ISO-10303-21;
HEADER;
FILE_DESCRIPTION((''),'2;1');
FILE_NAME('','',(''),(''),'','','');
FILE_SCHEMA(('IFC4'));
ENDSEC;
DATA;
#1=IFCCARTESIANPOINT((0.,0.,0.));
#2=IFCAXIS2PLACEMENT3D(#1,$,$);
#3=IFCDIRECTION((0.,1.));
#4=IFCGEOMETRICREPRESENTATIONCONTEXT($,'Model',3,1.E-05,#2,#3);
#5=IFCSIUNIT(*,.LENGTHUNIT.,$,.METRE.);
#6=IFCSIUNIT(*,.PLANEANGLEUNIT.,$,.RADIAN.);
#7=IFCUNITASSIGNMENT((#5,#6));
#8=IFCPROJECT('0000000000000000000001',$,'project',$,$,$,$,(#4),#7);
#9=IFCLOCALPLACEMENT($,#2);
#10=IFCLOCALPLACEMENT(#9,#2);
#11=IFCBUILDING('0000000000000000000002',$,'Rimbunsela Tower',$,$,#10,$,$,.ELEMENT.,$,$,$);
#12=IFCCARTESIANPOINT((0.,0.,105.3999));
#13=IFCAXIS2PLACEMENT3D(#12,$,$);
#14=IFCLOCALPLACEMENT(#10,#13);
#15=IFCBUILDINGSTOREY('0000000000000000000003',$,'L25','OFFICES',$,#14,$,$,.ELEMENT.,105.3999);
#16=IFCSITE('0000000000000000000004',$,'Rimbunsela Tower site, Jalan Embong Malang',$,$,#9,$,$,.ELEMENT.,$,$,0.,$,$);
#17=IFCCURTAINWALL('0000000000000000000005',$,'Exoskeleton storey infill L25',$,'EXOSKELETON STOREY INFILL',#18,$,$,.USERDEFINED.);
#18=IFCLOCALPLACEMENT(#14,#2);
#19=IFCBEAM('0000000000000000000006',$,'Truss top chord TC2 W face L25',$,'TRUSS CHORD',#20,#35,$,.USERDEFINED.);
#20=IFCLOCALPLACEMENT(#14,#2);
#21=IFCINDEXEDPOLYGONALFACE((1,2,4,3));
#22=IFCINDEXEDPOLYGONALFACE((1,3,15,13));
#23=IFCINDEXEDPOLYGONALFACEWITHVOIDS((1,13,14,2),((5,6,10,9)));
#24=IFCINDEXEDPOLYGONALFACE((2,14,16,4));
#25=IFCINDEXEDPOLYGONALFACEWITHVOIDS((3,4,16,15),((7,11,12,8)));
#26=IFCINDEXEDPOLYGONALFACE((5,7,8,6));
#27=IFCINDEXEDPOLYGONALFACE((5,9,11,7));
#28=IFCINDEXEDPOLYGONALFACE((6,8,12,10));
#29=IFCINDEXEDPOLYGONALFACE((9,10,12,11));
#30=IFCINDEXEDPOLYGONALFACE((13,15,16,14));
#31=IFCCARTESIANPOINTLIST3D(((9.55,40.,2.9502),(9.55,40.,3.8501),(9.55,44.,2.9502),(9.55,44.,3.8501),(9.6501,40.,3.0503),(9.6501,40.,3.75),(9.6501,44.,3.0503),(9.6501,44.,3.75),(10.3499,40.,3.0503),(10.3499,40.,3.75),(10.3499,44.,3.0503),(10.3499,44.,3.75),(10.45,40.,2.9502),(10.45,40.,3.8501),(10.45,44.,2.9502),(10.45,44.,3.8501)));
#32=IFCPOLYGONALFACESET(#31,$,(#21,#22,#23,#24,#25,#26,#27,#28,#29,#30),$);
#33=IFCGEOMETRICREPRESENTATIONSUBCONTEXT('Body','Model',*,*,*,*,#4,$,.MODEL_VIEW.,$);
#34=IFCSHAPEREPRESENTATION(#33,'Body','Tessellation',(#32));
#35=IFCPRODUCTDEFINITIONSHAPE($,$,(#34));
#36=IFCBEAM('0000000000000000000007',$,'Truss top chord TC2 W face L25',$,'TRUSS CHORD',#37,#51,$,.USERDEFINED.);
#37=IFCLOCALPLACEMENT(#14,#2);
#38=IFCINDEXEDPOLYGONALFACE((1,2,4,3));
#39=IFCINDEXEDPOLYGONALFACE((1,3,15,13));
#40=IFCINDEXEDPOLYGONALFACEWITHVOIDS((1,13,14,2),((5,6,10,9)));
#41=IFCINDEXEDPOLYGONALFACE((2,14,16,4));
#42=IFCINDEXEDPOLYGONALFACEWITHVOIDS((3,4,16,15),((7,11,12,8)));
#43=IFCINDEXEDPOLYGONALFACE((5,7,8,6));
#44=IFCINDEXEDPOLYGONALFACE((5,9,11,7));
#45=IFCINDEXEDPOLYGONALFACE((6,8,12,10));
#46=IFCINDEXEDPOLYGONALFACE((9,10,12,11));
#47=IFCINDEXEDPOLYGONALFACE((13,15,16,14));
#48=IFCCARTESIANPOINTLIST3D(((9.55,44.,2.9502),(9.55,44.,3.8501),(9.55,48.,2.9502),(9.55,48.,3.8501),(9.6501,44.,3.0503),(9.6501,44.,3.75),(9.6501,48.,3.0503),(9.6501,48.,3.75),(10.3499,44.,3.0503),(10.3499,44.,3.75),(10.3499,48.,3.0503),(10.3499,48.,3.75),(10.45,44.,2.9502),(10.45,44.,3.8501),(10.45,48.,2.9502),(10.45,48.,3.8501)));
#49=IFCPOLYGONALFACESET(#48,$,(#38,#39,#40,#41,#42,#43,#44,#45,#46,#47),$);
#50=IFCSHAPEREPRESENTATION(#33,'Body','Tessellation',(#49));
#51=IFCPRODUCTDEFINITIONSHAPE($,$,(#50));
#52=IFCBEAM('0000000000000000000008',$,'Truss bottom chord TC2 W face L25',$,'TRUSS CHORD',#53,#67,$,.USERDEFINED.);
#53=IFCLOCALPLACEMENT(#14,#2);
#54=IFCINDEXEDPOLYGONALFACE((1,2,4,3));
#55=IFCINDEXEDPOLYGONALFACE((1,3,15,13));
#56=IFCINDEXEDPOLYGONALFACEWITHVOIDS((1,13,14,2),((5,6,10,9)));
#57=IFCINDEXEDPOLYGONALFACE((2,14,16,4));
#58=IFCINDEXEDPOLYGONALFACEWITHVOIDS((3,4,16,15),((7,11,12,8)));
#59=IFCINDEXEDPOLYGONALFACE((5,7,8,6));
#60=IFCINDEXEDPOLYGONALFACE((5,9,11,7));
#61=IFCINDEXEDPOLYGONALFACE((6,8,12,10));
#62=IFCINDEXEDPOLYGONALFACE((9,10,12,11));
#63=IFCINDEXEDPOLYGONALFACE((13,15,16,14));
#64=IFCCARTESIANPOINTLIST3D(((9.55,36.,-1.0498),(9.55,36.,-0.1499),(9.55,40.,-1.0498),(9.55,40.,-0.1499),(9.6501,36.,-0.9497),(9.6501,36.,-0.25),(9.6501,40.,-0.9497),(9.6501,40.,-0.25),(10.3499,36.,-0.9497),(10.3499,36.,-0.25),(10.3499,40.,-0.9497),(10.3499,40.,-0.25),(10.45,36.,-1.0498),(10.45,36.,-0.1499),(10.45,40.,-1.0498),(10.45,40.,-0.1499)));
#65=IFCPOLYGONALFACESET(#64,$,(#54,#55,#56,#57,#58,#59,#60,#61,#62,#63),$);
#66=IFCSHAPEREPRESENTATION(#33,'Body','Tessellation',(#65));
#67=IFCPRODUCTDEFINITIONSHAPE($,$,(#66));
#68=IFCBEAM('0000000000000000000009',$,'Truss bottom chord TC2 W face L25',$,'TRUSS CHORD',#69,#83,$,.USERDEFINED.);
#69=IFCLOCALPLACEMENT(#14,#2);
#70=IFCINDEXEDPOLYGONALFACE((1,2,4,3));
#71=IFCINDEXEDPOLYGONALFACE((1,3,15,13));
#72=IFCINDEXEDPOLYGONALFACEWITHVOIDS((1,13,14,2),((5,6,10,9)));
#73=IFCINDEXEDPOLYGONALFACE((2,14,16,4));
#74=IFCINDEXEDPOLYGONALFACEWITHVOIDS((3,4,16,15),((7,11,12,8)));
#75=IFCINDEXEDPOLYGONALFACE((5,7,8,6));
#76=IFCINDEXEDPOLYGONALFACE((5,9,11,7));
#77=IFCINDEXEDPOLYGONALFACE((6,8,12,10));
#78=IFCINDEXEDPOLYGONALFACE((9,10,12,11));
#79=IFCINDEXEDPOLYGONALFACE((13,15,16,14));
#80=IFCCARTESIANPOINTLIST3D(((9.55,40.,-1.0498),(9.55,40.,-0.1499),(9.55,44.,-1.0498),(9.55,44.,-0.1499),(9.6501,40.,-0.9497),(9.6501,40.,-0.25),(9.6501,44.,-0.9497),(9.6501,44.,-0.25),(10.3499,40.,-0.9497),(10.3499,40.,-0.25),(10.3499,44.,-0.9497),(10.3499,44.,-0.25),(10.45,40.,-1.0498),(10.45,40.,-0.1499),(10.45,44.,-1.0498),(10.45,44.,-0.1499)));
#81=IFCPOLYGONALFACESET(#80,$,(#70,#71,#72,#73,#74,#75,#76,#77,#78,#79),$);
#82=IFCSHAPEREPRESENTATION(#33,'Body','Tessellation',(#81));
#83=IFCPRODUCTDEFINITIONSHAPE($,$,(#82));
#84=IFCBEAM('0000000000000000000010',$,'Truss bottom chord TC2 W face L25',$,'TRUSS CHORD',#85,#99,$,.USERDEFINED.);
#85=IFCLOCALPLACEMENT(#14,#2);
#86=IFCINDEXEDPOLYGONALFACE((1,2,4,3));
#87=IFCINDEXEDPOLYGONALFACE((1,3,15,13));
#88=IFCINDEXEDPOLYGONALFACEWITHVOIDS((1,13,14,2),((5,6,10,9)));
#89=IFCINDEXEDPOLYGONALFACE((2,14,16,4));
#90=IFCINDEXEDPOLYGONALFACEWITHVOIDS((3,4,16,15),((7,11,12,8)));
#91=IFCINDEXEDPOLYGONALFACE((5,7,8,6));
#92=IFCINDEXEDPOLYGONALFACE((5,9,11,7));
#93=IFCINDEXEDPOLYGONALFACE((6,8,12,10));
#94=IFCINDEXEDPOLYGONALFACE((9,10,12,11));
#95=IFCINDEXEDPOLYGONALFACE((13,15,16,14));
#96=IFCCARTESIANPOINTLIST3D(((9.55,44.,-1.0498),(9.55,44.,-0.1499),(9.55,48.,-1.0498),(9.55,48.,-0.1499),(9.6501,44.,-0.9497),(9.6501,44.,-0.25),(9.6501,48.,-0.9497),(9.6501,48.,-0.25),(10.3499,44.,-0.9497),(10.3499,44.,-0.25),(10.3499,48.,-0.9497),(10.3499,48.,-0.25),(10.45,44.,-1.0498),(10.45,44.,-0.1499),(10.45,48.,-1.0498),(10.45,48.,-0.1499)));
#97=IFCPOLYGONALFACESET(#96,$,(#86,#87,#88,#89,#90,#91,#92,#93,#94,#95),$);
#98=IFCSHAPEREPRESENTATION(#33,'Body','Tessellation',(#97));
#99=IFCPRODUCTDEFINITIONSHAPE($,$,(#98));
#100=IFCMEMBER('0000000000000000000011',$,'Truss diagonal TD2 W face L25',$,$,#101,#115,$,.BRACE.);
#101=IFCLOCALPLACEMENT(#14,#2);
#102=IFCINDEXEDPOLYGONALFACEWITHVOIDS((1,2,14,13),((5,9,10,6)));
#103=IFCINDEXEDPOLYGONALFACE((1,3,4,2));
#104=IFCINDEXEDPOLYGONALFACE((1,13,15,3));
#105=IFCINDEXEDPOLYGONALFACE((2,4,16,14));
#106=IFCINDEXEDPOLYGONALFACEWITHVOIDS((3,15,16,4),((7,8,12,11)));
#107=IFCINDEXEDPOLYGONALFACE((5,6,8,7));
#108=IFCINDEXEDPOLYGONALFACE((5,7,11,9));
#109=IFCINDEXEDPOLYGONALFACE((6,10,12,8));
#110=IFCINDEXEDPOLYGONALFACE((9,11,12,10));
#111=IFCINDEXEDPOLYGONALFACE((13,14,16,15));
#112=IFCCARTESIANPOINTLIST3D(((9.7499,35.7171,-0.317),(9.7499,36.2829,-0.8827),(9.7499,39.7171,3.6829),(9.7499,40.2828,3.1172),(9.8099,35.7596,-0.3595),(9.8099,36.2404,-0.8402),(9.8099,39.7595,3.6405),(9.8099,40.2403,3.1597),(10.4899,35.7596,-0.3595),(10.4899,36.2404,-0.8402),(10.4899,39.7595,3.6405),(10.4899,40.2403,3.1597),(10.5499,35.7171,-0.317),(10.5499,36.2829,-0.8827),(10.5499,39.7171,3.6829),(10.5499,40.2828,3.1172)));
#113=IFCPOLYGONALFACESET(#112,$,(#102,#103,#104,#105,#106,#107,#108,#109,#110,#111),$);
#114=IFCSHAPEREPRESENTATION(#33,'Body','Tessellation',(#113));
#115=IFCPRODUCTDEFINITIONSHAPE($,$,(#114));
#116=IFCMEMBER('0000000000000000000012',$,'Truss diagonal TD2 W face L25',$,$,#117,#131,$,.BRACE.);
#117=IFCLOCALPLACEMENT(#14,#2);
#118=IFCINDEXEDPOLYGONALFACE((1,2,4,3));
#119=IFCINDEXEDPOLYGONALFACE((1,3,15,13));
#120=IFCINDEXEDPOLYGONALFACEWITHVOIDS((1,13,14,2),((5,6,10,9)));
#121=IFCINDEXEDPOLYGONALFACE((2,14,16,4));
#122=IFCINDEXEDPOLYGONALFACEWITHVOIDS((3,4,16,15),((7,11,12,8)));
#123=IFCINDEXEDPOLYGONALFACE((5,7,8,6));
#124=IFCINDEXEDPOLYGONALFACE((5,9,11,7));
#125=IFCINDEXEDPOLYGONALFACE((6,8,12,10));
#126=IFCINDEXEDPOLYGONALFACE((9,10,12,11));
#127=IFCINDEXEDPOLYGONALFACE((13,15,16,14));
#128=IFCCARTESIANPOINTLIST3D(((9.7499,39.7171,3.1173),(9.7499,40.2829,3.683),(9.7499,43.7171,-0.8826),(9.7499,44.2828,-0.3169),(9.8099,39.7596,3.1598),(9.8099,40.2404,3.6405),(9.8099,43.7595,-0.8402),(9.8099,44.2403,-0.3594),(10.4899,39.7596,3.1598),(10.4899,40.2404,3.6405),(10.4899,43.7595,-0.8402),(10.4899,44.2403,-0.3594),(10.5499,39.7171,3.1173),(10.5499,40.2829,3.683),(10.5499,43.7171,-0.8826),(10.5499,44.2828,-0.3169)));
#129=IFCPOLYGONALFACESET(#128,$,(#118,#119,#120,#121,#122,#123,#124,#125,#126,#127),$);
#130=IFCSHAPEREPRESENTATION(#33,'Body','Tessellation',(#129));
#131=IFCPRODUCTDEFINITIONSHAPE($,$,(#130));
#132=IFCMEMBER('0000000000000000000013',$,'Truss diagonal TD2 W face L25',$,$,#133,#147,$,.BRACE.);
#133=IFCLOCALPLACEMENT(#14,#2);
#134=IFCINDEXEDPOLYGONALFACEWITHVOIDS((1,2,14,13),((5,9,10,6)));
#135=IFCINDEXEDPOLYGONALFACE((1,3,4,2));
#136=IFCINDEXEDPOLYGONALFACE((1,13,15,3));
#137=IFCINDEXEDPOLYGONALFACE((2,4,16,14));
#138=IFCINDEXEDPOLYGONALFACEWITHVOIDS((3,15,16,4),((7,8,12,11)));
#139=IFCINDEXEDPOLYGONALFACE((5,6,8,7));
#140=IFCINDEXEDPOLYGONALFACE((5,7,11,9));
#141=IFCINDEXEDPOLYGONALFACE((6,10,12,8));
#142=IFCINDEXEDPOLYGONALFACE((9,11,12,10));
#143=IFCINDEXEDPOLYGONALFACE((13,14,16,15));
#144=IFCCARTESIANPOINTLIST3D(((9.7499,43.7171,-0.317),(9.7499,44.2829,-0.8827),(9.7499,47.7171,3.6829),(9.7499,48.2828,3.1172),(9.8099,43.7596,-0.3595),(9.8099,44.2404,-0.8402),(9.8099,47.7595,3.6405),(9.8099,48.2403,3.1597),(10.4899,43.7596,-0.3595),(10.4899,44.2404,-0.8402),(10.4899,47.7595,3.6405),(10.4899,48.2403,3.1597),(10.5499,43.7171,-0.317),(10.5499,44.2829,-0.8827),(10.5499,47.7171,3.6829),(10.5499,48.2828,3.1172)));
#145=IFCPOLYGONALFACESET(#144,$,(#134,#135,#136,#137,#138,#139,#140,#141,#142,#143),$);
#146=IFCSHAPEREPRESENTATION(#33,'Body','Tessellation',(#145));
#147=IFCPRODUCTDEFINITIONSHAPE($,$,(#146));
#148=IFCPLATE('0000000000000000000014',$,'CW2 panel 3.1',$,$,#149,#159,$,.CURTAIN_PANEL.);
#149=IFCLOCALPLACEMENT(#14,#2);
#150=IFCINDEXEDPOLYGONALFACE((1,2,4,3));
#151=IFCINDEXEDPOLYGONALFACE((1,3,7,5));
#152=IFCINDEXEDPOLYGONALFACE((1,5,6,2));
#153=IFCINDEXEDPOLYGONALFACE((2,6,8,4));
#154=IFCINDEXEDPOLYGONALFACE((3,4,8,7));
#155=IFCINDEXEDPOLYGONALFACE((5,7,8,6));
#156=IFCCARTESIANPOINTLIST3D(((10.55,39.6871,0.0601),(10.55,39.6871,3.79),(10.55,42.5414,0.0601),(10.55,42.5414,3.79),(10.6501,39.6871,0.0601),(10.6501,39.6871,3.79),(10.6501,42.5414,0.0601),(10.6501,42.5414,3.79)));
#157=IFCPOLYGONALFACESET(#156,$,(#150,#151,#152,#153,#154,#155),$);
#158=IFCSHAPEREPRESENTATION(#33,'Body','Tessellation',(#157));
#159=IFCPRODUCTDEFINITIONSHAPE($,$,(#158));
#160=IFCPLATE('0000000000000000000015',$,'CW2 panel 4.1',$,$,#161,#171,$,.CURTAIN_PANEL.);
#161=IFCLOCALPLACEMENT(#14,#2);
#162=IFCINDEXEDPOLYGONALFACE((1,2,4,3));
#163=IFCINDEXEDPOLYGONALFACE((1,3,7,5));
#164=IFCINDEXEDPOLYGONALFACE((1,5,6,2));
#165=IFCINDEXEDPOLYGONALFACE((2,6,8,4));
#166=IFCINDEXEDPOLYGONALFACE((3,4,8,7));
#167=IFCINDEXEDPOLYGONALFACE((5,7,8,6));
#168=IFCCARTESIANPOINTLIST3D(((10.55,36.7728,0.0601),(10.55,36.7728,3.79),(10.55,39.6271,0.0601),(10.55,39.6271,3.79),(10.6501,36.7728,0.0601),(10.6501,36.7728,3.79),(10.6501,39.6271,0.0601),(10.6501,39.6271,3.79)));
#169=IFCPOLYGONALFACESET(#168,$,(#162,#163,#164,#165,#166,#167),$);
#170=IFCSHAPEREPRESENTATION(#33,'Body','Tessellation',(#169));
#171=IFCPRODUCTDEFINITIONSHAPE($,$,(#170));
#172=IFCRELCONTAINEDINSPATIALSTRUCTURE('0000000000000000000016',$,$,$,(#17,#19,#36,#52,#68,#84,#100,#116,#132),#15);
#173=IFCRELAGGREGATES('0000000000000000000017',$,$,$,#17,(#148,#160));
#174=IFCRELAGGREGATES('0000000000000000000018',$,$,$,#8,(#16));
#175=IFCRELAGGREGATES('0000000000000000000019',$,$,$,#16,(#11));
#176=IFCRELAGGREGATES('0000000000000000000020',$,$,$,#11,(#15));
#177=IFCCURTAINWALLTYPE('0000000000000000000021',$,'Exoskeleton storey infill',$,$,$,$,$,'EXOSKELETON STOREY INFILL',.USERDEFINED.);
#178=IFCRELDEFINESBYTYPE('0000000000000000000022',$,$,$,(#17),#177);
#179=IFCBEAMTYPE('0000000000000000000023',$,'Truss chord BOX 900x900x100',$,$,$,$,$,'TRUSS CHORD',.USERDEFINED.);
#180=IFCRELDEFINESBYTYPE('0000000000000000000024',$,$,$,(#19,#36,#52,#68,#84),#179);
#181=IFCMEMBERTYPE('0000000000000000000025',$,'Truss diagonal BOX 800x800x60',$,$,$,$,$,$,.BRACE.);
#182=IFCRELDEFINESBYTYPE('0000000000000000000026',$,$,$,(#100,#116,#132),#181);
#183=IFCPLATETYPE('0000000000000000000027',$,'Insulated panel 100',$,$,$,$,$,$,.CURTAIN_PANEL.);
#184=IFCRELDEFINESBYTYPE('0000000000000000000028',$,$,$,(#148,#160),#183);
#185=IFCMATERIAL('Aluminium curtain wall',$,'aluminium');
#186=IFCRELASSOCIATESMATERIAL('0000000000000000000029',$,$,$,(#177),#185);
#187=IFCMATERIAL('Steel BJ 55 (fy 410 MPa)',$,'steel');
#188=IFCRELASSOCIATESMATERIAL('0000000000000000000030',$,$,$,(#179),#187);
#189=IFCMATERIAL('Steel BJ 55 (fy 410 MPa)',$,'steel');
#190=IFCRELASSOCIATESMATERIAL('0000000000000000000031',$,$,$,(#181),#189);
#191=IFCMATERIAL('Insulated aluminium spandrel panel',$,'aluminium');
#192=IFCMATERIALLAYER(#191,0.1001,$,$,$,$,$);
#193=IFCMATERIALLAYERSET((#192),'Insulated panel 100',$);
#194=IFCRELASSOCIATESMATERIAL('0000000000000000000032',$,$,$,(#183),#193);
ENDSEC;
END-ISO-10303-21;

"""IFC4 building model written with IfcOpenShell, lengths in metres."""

from ifc_helpers import new_model, si_unit, direction, frame, origin, origin_2d, place, context, subcontext, project, spatial, rectangle, hollow_rectangle, extrude, material, layer, layer_set, material_profile, profile_set, type_object, element, aggregate, save


model = new_model("IFC4")

# Units and contexts
model_context = context("Model", 3, precision=1e-05, world=origin(), true_north=direction((0.0, 1.0)))
body_context = subcontext(model_context, "Body", "Model", "MODEL_VIEW")
ifc_project = project(units=[si_unit("LENGTHUNIT", "METRE"), si_unit("PLANEANGLEUNIT", "RADIAN")], contexts=[model_context])

# Site, building, storey
site_placement = place(None, origin())
site = spatial("IfcSite", under=ifc_project, at=site_placement, Name="Rimbunsela Tower site, Jalan Embong Malang", CompositionType="ELEMENT", RefElevation=0.0)
building_placement = place(site_placement, origin())
building = spatial("IfcBuilding", under=site, at=building_placement, Name="Rimbunsela Tower", CompositionType="ELEMENT")
storey_placement = place(building_placement, frame((0.0, 0.0, 105.3999)))
storey = spatial("IfcBuildingStorey", under=building, at=storey_placement, Name="L25", Description="OFFICES", CompositionType="ELEMENT", Elevation=105.3999)

# Curtain wall
ifc_material_1 = material(Name="Aluminium curtain wall", Category="aluminium")
curtain_wall_type = type_object("IfcCurtainWallType", Name="Exoskeleton storey infill", ElementType="EXOSKELETON STOREY INFILL", PredefinedType="USERDEFINED", material=ifc_material_1)
curtain_wall_placement = place(storey_placement, origin())
curtain_wall = element("IfcCurtainWall", 1, at=curtain_wall_placement, inside=storey, type_object=curtain_wall_type, Name="Exoskeleton storey infill L25", ObjectType="EXOSKELETON STOREY INFILL", PredefinedType="USERDEFINED")

# Beams
ifc_material_2 = material(Name="Steel BJ 55 (fy 410 MPa)", Category="steel")
ifc_material_profile_1 = material_profile(ifc_material_2, hollow_rectangle(XDim=0.8999, YDim=0.8999, WallThickness=0.1001, at=origin_2d()), Name="BOX 900x900x100")
ifc_profile_set_1 = profile_set([ifc_material_profile_1], Name="Steel BJ 55 (fy 410 MPa)")
beam_type_1 = type_object("IfcBeamType", Name="Truss chord BOX 900x900x100", ElementType="TRUSS CHORD", PredefinedType="USERDEFINED", material=ifc_profile_set_1)
for number, where, z_axis, x_axis, name in (
    (2, (10.0, 40.0, 3.4001), (0.0, 1.0, 0.0), (-1.0, 0.0, 0.0), "Truss top chord TC2 W face L25"),
    (3, (10.0, 44.0, 3.4001), (0.0, 1.0, 0.0), (-1.0, 0.0, 0.0), "Truss top chord TC2 W face L25"),
    (4, (10.0, 36.0, -0.5999), (0.0, 1.0, 0.0), (-1.0, 0.0, 0.0), "Truss bottom chord TC2 W face L25"),
    (5, (10.0, 40.0, -0.5999), (0.0, 1.0, 0.0), (-1.0, 0.0, 0.0), "Truss bottom chord TC2 W face L25"),
    (6, (10.0, 44.0, -0.5999), (0.0, 1.0, 0.0), (-1.0, 0.0, 0.0), "Truss bottom chord TC2 W face L25"),
):
    element("IfcBeam", number, at=place(storey_placement, frame(where, z_axis=z_axis, x_axis=x_axis)), inside=storey, type_object=beam_type_1, Name=name, ObjectType="TRUSS CHORD", PredefinedType="USERDEFINED", context=body_context, shape_type="SweptSolid", body=[
        extrude(hollow_rectangle(XDim=0.8999, YDim=0.8999, WallThickness=0.1001, at=origin_2d()), origin(), (0.0, 0.0, 1.0), 4.0),
    ])

# Members
ifc_material_3 = material(Name="Steel BJ 55 (fy 410 MPa)", Category="steel")
ifc_material_profile_2 = material_profile(ifc_material_3, hollow_rectangle(XDim=0.8, YDim=0.8, WallThickness=0.0601, at=origin_2d()), Name="BOX 800x800x60")
ifc_profile_set_2 = profile_set([ifc_material_profile_2], Name="Steel BJ 55 (fy 410 MPa)")
member_type_1 = type_object("IfcMemberType", Name="Truss diagonal BOX 800x800x60", PredefinedType="BRACE", material=ifc_profile_set_2)
for number, where, z_axis, x_axis, name in (
    (7, (10.1499, 36.0, -0.5999), (0.0, 0.707107, 0.707107), (-1.0, 0.0, 0.0), "Truss diagonal TD2 W face L25"),
    (8, (10.1499, 40.0, 3.4001), (0.0, 0.707107, -0.707107), (-1.0, 0.0, 0.0), "Truss diagonal TD2 W face L25"),
    (9, (10.1499, 44.0, -0.5999), (0.0, 0.707107, 0.707107), (-1.0, 0.0, 0.0), "Truss diagonal TD2 W face L25"),
):
    element("IfcMember", number, at=place(storey_placement, frame(where, z_axis=z_axis, x_axis=x_axis)), inside=storey, type_object=member_type_1, Name=name, PredefinedType="BRACE", context=body_context, shape_type="SweptSolid", body=[
        extrude(hollow_rectangle(XDim=0.8, YDim=0.8, WallThickness=0.0601, at=origin_2d()), origin(), (0.0, 0.0, 1.0), 5.6567),
    ])

# Plates
ifc_material_4 = material(Name="Insulated aluminium spandrel panel", Category="aluminium")
ifc_layer = layer(ifc_material_4, 0.1001)
ifc_layer_set = layer_set([ifc_layer], Name="Insulated panel 100")
plate_type = type_object("IfcPlateType", Name="Insulated panel 100", PredefinedType="CURTAIN_PANEL", material=ifc_layer_set)
plate_1_placement = place(storey_placement, frame((10.6001, 41.1143, 0.0601), z_axis=(0.0, 0.0, 1.0), x_axis=(0.0, -1.0, 0.0)))
plate_1 = element("IfcPlate", 10, at=plate_1_placement, type_object=plate_type, Name="CW2 panel 3.1", PredefinedType="CURTAIN_PANEL", context=body_context, shape_type="SweptSolid", body=[
    extrude(rectangle(XDim=2.8542, YDim=0.1001, at=origin_2d()), origin(), (0.0, 0.0, 1.0), 3.73),
])
plate_2_placement = place(storey_placement, frame((10.6001, 38.2, 0.0601), z_axis=(0.0, 0.0, 1.0), x_axis=(0.0, -1.0, 0.0)))
plate_2 = element("IfcPlate", 11, at=plate_2_placement, type_object=plate_type, Name="CW2 panel 4.1", PredefinedType="CURTAIN_PANEL", context=body_context, shape_type="SweptSolid", body=[
    extrude(rectangle(XDim=2.8542, YDim=0.1001, at=origin_2d()), origin(), (0.0, 0.0, 1.0), 3.73),
])
aggregate(curtain_wall, [plate_1, plate_2])

save(model, "model.ifc")
